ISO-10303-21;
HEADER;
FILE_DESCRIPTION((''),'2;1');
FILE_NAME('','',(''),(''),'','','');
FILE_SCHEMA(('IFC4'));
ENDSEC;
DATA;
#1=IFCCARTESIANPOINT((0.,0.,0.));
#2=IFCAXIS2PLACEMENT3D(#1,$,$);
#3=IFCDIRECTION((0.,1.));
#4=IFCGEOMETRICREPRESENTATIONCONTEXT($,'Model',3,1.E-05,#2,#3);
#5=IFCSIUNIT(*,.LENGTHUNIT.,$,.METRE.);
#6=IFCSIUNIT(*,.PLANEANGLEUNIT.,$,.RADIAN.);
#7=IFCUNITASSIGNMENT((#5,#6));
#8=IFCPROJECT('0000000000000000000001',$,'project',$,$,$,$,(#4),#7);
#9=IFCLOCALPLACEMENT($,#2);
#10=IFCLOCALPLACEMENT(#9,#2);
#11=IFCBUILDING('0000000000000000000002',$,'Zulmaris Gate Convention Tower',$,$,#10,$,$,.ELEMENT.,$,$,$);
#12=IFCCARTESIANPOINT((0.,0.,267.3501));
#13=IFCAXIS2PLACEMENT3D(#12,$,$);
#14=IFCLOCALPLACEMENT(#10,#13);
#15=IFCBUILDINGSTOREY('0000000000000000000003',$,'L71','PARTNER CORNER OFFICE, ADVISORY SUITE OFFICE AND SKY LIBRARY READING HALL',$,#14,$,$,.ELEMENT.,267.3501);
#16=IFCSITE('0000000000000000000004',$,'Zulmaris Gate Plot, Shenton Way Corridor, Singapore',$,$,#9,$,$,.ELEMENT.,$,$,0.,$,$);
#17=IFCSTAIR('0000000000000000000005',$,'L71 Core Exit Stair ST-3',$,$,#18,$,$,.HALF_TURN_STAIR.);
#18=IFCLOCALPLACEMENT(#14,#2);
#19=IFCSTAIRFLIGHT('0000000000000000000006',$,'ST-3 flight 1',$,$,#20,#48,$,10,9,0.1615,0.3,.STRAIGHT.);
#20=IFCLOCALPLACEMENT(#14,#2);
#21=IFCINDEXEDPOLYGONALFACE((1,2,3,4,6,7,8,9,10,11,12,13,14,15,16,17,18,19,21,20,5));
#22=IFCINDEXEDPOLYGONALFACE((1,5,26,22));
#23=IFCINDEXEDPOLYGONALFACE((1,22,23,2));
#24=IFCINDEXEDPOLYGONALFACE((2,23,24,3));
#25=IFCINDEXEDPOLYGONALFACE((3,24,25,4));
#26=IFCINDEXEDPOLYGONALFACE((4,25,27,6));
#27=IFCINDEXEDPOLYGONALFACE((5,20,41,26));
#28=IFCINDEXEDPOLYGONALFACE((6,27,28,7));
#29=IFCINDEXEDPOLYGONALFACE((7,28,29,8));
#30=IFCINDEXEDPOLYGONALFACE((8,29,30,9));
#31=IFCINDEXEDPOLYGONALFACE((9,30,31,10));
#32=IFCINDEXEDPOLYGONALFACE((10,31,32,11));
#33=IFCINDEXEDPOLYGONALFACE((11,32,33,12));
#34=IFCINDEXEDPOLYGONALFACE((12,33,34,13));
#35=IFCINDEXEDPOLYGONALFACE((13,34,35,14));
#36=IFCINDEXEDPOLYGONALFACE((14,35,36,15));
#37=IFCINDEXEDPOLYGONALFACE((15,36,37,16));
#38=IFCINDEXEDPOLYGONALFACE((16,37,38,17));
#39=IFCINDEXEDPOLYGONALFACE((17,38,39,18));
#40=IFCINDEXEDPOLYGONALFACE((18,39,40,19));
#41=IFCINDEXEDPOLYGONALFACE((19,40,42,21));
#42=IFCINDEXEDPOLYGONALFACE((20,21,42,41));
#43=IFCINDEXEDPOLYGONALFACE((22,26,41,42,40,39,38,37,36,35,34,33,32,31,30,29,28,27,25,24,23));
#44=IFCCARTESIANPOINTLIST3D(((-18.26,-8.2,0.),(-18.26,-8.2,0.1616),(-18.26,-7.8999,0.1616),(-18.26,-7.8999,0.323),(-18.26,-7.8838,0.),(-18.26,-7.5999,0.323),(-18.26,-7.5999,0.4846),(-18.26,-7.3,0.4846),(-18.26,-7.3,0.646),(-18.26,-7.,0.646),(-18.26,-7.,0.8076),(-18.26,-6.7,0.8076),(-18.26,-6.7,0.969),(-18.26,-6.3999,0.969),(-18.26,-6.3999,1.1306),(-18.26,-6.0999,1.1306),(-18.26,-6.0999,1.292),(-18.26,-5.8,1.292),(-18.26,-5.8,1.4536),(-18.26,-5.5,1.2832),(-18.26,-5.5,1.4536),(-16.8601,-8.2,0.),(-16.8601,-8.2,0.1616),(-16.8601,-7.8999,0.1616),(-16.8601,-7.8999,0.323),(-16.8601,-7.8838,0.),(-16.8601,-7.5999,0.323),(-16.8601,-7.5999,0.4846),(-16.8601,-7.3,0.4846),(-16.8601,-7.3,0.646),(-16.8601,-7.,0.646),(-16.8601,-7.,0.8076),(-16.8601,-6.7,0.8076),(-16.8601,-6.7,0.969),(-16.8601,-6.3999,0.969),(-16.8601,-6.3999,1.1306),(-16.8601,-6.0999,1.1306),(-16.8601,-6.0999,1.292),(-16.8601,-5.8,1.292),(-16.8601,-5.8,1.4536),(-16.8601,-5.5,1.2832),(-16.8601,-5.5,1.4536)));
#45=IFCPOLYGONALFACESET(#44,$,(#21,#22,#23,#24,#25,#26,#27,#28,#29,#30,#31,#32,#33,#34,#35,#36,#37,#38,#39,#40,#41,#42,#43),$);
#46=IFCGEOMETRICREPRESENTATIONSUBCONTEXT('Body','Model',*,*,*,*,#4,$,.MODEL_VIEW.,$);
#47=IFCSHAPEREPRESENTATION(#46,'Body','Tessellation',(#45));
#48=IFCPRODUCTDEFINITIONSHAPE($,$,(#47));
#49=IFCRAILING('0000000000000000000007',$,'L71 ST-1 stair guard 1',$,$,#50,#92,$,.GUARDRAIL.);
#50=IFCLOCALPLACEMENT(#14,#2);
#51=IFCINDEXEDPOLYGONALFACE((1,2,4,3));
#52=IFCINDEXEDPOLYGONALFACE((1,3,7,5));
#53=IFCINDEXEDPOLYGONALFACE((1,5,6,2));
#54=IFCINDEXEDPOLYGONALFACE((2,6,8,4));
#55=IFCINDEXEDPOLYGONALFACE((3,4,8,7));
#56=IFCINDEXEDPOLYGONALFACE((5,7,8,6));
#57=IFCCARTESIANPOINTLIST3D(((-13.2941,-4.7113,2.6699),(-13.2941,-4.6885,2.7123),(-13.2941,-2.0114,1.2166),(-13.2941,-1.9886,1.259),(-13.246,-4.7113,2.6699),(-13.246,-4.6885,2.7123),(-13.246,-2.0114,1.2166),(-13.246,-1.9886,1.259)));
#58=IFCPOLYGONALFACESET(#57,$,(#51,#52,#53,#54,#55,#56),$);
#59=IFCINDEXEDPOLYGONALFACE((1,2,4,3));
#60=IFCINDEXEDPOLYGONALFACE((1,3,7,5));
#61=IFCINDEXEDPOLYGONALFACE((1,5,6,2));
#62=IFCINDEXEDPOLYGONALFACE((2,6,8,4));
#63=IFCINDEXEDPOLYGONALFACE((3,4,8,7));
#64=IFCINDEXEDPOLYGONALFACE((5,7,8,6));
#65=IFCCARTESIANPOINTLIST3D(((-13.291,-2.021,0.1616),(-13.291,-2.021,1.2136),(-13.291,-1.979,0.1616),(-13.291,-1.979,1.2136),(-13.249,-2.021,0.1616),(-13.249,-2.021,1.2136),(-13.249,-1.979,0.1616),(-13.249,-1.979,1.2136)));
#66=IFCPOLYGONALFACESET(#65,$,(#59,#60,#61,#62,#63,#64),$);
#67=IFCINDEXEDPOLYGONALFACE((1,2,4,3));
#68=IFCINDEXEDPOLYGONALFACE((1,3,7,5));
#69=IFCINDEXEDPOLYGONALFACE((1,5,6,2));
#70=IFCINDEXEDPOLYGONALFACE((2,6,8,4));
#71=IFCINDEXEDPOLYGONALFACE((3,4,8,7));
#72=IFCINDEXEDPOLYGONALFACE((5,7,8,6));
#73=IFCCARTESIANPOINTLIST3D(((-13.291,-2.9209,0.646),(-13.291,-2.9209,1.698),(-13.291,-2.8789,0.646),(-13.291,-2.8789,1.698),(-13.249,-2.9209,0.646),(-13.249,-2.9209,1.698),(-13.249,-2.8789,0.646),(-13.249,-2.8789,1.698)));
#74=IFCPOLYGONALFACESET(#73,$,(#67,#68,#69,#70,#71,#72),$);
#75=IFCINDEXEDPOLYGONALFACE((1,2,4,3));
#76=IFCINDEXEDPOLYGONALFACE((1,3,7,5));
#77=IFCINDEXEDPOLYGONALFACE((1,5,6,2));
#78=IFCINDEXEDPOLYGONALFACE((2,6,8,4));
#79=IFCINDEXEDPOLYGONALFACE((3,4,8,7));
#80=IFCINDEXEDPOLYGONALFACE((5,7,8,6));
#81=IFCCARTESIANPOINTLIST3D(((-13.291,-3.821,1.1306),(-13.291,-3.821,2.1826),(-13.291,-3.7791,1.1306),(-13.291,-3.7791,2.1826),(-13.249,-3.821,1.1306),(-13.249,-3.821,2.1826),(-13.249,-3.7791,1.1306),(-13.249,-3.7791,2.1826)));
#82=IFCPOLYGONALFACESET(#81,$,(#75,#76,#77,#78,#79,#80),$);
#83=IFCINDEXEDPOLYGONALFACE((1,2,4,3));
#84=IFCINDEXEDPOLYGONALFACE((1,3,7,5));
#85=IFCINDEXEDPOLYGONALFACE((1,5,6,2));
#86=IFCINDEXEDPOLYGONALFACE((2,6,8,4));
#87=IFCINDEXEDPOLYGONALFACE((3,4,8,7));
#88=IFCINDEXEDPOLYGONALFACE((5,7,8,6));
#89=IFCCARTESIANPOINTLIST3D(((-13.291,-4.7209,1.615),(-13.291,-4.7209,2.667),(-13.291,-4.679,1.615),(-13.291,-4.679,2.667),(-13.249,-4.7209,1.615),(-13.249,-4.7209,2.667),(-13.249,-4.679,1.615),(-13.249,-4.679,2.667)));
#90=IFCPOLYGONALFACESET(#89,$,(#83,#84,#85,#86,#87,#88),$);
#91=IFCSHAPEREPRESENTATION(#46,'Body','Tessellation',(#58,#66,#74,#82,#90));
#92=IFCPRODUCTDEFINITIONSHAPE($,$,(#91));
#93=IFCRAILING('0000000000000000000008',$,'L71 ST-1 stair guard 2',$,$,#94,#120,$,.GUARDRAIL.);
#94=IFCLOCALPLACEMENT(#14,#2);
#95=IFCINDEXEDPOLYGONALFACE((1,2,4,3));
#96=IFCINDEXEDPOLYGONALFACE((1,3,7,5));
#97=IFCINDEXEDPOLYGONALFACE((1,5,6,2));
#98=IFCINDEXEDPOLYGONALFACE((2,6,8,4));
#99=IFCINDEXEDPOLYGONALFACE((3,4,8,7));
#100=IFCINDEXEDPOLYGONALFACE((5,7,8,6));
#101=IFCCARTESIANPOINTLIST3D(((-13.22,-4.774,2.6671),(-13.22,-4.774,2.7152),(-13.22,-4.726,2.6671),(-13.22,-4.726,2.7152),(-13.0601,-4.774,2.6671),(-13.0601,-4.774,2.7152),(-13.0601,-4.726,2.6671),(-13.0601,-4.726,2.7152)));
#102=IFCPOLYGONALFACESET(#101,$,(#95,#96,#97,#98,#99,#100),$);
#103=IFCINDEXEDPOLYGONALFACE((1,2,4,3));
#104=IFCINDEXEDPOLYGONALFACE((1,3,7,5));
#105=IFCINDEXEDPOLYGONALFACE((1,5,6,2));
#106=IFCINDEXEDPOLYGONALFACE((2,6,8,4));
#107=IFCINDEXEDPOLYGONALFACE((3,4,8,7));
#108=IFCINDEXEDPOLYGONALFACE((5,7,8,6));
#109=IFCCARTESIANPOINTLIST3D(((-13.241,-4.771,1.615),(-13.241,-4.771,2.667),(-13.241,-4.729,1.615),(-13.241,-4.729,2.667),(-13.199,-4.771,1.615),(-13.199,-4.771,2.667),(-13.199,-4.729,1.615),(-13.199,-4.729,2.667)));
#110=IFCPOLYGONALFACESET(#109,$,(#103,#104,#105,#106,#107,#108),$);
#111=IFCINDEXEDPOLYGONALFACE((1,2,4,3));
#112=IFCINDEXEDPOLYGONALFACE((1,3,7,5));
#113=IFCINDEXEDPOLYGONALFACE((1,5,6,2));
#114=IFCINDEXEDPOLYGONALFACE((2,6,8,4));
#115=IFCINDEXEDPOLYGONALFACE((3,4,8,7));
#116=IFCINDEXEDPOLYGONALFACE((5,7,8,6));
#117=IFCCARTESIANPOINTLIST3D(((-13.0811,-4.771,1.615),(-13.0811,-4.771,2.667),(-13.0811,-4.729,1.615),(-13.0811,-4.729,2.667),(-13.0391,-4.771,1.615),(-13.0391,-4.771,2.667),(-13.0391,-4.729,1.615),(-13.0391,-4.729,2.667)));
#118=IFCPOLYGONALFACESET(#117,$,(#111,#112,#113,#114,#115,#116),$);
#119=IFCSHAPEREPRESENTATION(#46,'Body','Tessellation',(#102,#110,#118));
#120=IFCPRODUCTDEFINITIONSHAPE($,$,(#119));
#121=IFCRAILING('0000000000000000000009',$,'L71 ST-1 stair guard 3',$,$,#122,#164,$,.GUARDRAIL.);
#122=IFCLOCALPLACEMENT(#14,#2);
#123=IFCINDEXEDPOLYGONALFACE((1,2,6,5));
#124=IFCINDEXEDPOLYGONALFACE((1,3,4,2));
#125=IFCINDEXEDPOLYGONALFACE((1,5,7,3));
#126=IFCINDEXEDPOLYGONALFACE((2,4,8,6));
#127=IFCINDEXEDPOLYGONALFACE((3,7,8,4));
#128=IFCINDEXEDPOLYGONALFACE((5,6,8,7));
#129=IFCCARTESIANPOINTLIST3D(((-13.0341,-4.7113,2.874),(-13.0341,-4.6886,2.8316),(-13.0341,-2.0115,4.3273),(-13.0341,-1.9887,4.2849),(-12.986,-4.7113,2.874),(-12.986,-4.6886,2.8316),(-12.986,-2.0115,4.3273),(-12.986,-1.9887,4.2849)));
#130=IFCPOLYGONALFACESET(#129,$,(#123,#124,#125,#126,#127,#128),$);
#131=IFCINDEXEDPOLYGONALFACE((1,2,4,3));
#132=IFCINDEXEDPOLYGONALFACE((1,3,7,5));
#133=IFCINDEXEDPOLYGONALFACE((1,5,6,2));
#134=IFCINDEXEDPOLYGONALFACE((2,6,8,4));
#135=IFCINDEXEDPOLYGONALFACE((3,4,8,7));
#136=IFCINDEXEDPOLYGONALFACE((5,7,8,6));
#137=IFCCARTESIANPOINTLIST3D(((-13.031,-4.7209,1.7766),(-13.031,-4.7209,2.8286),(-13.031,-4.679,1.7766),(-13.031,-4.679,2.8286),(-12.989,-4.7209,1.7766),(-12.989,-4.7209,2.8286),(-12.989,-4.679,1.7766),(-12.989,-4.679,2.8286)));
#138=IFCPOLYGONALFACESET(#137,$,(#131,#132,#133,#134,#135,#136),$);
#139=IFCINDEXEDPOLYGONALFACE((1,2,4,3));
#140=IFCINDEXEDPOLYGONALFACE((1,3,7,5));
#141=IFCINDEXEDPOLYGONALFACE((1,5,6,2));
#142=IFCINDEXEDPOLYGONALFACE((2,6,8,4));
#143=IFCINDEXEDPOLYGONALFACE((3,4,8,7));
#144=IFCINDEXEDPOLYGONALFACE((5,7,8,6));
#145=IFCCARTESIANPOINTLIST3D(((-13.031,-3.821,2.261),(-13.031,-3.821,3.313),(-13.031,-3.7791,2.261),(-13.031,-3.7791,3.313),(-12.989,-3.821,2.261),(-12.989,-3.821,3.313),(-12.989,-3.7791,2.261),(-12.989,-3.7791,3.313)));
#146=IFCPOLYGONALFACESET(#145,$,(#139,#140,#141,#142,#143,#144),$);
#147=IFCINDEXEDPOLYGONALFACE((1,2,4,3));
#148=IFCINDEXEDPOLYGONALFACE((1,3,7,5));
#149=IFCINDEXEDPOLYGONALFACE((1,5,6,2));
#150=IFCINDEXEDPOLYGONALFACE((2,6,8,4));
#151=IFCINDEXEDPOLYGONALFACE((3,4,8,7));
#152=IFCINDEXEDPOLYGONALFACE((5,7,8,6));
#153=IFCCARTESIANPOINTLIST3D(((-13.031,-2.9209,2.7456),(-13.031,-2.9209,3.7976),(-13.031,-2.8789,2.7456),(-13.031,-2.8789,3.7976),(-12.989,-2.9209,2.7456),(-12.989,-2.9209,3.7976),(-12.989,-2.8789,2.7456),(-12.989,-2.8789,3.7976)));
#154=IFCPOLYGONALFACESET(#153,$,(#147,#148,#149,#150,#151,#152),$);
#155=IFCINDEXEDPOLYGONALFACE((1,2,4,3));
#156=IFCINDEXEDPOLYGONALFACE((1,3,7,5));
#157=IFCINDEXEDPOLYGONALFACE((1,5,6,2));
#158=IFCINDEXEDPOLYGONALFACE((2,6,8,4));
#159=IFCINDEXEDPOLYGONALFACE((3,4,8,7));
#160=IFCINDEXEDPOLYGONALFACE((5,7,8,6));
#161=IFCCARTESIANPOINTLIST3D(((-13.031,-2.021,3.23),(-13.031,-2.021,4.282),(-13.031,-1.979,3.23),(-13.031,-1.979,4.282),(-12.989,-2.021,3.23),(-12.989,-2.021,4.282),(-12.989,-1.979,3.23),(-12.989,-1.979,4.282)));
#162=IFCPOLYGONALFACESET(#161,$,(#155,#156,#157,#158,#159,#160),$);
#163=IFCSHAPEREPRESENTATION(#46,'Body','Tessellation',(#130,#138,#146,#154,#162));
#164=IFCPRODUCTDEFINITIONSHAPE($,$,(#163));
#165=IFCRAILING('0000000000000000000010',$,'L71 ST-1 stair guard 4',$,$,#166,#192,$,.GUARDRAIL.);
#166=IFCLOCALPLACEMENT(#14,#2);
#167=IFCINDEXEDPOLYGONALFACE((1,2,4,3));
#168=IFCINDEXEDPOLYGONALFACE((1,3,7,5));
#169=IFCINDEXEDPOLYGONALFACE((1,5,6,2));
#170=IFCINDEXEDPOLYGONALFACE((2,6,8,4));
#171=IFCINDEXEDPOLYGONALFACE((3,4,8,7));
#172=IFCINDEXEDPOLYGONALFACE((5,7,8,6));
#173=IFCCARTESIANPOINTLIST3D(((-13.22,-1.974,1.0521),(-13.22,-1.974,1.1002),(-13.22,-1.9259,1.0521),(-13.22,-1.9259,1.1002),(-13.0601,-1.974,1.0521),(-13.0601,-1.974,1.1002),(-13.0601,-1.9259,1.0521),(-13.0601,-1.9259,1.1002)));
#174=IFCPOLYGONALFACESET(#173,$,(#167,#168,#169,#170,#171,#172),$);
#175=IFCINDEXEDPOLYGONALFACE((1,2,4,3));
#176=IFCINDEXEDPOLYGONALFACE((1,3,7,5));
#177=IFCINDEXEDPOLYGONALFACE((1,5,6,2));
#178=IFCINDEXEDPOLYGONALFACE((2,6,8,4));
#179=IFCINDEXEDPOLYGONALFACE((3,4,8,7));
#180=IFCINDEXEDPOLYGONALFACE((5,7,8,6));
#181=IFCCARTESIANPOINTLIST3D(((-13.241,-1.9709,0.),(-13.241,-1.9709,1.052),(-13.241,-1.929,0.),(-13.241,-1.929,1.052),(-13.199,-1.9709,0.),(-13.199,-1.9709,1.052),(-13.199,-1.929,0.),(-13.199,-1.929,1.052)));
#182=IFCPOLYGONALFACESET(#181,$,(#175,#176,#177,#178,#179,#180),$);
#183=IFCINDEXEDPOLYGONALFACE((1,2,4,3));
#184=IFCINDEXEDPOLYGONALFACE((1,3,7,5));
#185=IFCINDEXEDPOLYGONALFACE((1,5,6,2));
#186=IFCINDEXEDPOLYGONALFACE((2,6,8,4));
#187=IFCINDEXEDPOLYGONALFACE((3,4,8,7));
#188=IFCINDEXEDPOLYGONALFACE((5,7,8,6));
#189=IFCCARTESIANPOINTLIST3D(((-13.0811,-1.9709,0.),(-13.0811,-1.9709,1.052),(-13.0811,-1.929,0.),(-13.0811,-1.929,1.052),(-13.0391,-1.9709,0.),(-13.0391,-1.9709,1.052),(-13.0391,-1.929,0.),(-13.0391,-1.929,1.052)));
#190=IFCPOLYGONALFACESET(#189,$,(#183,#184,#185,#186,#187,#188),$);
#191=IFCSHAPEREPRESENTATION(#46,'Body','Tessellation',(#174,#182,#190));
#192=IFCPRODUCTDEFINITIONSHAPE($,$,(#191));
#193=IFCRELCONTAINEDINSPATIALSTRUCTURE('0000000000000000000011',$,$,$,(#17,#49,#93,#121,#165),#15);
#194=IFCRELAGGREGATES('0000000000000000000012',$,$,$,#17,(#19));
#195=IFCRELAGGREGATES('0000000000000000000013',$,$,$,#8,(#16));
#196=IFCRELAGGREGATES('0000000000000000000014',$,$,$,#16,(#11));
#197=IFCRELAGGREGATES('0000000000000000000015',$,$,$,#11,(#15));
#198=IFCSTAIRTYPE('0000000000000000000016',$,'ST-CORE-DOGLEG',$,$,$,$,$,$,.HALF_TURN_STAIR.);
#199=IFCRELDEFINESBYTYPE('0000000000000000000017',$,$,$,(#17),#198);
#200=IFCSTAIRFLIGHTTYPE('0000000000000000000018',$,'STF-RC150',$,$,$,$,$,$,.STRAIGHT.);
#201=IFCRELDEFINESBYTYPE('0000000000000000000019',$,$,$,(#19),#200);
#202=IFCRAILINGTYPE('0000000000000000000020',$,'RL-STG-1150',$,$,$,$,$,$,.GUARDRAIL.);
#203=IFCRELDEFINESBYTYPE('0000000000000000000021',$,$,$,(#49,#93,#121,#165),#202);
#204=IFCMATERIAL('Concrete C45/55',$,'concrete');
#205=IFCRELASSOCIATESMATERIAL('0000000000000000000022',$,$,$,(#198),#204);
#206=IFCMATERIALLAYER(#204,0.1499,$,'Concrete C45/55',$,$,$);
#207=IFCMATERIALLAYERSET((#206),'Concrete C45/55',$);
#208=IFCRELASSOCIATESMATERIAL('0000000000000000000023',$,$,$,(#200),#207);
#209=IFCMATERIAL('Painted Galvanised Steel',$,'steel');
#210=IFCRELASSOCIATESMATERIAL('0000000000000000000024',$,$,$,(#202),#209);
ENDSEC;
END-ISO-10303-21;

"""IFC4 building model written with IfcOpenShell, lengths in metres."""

from ifc_helpers import new_model, si_unit, direction, frame, origin, origin_2d, place, context, subcontext, project, spatial, polyline, rectangle, outline, extrude, material, layer, layer_set, type_object, element, aggregate, save


model = new_model("IFC4")

# Units and contexts
model_context = context("Model", 3, precision=1e-05, world=origin(), true_north=direction((0.0, 1.0)))
body_context = subcontext(model_context, "Body", "Model", "MODEL_VIEW")
ifc_project = project(units=[si_unit("LENGTHUNIT", "METRE"), si_unit("PLANEANGLEUNIT", "RADIAN")], contexts=[model_context])

# Site, building, storey
site_placement = place(None, origin())
site = spatial("IfcSite", under=ifc_project, at=site_placement, Name="Zulmaris Gate Plot, Shenton Way Corridor, Singapore", CompositionType="ELEMENT", RefElevation=0.0)
building_placement = place(site_placement, origin())
building = spatial("IfcBuilding", under=site, at=building_placement, Name="Zulmaris Gate Convention Tower", CompositionType="ELEMENT")
storey_placement = place(building_placement, frame((0.0, 0.0, 267.3501)))
storey = spatial("IfcBuildingStorey", under=building, at=storey_placement, Name="L71", Description="PARTNER CORNER OFFICE, ADVISORY SUITE OFFICE AND SKY LIBRARY READING HALL", CompositionType="ELEMENT", Elevation=267.3501)

# Shared definitions
ifc_material_1 = material(Name="Concrete C45/55", Category="concrete")
stair_type = type_object("IfcStairType", Name="ST-CORE-DOGLEG", PredefinedType="HALF_TURN_STAIR", material=ifc_material_1)
ifc_layer_1 = layer(ifc_material_1, 0.1499, Name="Concrete C45/55")
ifc_layer_set_1 = layer_set([ifc_layer_1], Name="Concrete C45/55")
stair_flight_type = type_object("IfcStairFlightType", Name="STF-RC150", PredefinedType="STRAIGHT", material=ifc_layer_set_1)

# Stair, stair flight
stair_1_placement = place(storey_placement, origin())
stair_1 = element("IfcStair", 1, at=stair_1_placement, inside=storey, type_object=stair_type, Name="L71 Core Exit Stair ST-3", PredefinedType="HALF_TURN_STAIR")
stair_flight_1_placement = place(storey_placement, frame((-17.5601, -8.2, 0.0), z_axis=(0.0, 0.0, 1.0), x_axis=(0.0, 1.0, 0.0)))
stair_flight_1 = element("IfcStairFlight", 2, at=stair_flight_1_placement, type_object=stair_flight_type, Name="ST-3 flight 1", NumberOfRisers=10, NumberOfTreads=9, PredefinedType="STRAIGHT", RiserHeight=0.1615, TreadLength=0.3, context=body_context, shape_type="SweptSolid", body=[
    extrude(outline(polyline([(0.0, 0.0), (0.0, 0.1616), (0.3, 0.1616), (0.3, 0.323), (0.6001, 0.323), (0.6001, 0.4846), (0.8999, 0.4846), (0.8999, 0.646), (1.2, 0.646), (1.2, 0.8076), (1.5, 0.8076), (1.5, 0.969), (1.8, 0.969), (1.8, 1.1306), (2.1001, 1.1306), (2.1001, 1.292), (2.3999, 1.292), (2.3999, 1.4536), (2.7, 1.4536), (2.7, 1.615), (2.7, 1.2832), (0.3162, 0.0), (0.0, 0.0)])), frame((0.0, 0.7, 0.0), z_axis=(0.0, -1.0, 0.0), x_axis=(1.0, 0.0, 0.0)), (0.0, 0.0, 1.0), 1.3999),
])
aggregate(stair_1, [stair_flight_1])

# Railings
ifc_material_2 = material(Name="Painted Galvanised Steel", Category="steel")
railing_type_1 = type_object("IfcRailingType", Name="RL-STG-1150", PredefinedType="GUARDRAIL", material=ifc_material_2)
railing_1_placement = place(storey_placement, frame((-13.27, -2.0, 0.1616)))
element("IfcRailing", 3, at=railing_1_placement, inside=storey, type_object=railing_type_1, Name="L71 ST-1 stair guard 1", PredefinedType="GUARDRAIL", context=body_context, shape_type="SweptSolid", body=[
    extrude(rectangle(XDim=0.0481, YDim=0.0481, at=origin_2d()), frame((0.0, 0.0, 1.0762), z_axis=(0.0, -0.880532, 0.473986), x_axis=(1.0, 0.0, 0.0)), (0.0, 0.0, 1.0), 3.0662),
    extrude(rectangle(XDim=0.042, YDim=0.042, at=origin_2d()), origin(), (0.0, 0.0, 1.0), 1.052),
    extrude(rectangle(XDim=0.042, YDim=0.042, at=origin_2d()), frame((0.0, -0.8999, 0.4844)), (0.0, 0.0, 1.0), 1.052),
    extrude(rectangle(XDim=0.042, YDim=0.042, at=origin_2d()), frame((0.0, -1.8, 0.969)), (0.0, 0.0, 1.0), 1.052),
    extrude(rectangle(XDim=0.042, YDim=0.042, at=origin_2d()), frame((0.0, -2.7, 1.4534)), (0.0, 0.0, 1.0), 1.052),
])
railing_2_placement = place(storey_placement, frame((-13.22, -4.75, 1.615)))
element("IfcRailing", 4, at=railing_2_placement, inside=storey, type_object=railing_type_1, Name="L71 ST-1 stair guard 2", PredefinedType="GUARDRAIL", context=body_context, shape_type="SweptSolid", body=[
    extrude(rectangle(XDim=0.0481, YDim=0.0481, at=origin_2d()), frame((0.0, 0.0, 1.0762), z_axis=(1.0, 0.0, 0.0), x_axis=(0.0, 1.0, 0.0)), (0.0, 0.0, 1.0), 0.1599),
    extrude(rectangle(XDim=0.042, YDim=0.042, at=origin_2d()), origin(), (0.0, 0.0, 1.0), 1.052),
    extrude(rectangle(XDim=0.042, YDim=0.042, at=origin_2d()), frame((0.1599, 0.0, 0.0)), (0.0, 0.0, 1.0), 1.052),
])
railing_3_placement = place(storey_placement, frame((-13.01, -4.7, 1.7766)))
element("IfcRailing", 5, at=railing_3_placement, inside=storey, type_object=railing_type_1, Name="L71 ST-1 stair guard 3", PredefinedType="GUARDRAIL", context=body_context, shape_type="SweptSolid", body=[
    extrude(rectangle(XDim=0.0481, YDim=0.0481, at=origin_2d()), frame((0.0, 0.0, 1.0762), z_axis=(0.0, 0.880532, 0.473986), x_axis=(-1.0, 0.0, 0.0)), (0.0, 0.0, 1.0), 3.0662),
    extrude(rectangle(XDim=0.042, YDim=0.042, at=origin_2d()), origin(), (0.0, 0.0, 1.0), 1.052),
    extrude(rectangle(XDim=0.042, YDim=0.042, at=origin_2d()), frame((0.0, 0.8999, 0.4844)), (0.0, 0.0, 1.0), 1.052),
    extrude(rectangle(XDim=0.042, YDim=0.042, at=origin_2d()), frame((0.0, 1.8, 0.969)), (0.0, 0.0, 1.0), 1.052),
    extrude(rectangle(XDim=0.042, YDim=0.042, at=origin_2d()), frame((0.0, 2.7, 1.4534)), (0.0, 0.0, 1.0), 1.052),
])
railing_4_placement = place(storey_placement, frame((-13.22, -1.95, 0.0)))
element("IfcRailing", 6, at=railing_4_placement, inside=storey, type_object=railing_type_1, Name="L71 ST-1 stair guard 4", PredefinedType="GUARDRAIL", context=body_context, shape_type="SweptSolid", body=[
    extrude(rectangle(XDim=0.0481, YDim=0.0481, at=origin_2d()), frame((0.0, 0.0, 1.0762), z_axis=(1.0, 0.0, 0.0), x_axis=(0.0, 1.0, 0.0)), (0.0, 0.0, 1.0), 0.1599),
    extrude(rectangle(XDim=0.042, YDim=0.042, at=origin_2d()), origin(), (0.0, 0.0, 1.0), 1.052),
    extrude(rectangle(XDim=0.042, YDim=0.042, at=origin_2d()), frame((0.1599, 0.0, 0.0)), (0.0, 0.0, 1.0), 1.052),
])

save(model, "model.ifc")
